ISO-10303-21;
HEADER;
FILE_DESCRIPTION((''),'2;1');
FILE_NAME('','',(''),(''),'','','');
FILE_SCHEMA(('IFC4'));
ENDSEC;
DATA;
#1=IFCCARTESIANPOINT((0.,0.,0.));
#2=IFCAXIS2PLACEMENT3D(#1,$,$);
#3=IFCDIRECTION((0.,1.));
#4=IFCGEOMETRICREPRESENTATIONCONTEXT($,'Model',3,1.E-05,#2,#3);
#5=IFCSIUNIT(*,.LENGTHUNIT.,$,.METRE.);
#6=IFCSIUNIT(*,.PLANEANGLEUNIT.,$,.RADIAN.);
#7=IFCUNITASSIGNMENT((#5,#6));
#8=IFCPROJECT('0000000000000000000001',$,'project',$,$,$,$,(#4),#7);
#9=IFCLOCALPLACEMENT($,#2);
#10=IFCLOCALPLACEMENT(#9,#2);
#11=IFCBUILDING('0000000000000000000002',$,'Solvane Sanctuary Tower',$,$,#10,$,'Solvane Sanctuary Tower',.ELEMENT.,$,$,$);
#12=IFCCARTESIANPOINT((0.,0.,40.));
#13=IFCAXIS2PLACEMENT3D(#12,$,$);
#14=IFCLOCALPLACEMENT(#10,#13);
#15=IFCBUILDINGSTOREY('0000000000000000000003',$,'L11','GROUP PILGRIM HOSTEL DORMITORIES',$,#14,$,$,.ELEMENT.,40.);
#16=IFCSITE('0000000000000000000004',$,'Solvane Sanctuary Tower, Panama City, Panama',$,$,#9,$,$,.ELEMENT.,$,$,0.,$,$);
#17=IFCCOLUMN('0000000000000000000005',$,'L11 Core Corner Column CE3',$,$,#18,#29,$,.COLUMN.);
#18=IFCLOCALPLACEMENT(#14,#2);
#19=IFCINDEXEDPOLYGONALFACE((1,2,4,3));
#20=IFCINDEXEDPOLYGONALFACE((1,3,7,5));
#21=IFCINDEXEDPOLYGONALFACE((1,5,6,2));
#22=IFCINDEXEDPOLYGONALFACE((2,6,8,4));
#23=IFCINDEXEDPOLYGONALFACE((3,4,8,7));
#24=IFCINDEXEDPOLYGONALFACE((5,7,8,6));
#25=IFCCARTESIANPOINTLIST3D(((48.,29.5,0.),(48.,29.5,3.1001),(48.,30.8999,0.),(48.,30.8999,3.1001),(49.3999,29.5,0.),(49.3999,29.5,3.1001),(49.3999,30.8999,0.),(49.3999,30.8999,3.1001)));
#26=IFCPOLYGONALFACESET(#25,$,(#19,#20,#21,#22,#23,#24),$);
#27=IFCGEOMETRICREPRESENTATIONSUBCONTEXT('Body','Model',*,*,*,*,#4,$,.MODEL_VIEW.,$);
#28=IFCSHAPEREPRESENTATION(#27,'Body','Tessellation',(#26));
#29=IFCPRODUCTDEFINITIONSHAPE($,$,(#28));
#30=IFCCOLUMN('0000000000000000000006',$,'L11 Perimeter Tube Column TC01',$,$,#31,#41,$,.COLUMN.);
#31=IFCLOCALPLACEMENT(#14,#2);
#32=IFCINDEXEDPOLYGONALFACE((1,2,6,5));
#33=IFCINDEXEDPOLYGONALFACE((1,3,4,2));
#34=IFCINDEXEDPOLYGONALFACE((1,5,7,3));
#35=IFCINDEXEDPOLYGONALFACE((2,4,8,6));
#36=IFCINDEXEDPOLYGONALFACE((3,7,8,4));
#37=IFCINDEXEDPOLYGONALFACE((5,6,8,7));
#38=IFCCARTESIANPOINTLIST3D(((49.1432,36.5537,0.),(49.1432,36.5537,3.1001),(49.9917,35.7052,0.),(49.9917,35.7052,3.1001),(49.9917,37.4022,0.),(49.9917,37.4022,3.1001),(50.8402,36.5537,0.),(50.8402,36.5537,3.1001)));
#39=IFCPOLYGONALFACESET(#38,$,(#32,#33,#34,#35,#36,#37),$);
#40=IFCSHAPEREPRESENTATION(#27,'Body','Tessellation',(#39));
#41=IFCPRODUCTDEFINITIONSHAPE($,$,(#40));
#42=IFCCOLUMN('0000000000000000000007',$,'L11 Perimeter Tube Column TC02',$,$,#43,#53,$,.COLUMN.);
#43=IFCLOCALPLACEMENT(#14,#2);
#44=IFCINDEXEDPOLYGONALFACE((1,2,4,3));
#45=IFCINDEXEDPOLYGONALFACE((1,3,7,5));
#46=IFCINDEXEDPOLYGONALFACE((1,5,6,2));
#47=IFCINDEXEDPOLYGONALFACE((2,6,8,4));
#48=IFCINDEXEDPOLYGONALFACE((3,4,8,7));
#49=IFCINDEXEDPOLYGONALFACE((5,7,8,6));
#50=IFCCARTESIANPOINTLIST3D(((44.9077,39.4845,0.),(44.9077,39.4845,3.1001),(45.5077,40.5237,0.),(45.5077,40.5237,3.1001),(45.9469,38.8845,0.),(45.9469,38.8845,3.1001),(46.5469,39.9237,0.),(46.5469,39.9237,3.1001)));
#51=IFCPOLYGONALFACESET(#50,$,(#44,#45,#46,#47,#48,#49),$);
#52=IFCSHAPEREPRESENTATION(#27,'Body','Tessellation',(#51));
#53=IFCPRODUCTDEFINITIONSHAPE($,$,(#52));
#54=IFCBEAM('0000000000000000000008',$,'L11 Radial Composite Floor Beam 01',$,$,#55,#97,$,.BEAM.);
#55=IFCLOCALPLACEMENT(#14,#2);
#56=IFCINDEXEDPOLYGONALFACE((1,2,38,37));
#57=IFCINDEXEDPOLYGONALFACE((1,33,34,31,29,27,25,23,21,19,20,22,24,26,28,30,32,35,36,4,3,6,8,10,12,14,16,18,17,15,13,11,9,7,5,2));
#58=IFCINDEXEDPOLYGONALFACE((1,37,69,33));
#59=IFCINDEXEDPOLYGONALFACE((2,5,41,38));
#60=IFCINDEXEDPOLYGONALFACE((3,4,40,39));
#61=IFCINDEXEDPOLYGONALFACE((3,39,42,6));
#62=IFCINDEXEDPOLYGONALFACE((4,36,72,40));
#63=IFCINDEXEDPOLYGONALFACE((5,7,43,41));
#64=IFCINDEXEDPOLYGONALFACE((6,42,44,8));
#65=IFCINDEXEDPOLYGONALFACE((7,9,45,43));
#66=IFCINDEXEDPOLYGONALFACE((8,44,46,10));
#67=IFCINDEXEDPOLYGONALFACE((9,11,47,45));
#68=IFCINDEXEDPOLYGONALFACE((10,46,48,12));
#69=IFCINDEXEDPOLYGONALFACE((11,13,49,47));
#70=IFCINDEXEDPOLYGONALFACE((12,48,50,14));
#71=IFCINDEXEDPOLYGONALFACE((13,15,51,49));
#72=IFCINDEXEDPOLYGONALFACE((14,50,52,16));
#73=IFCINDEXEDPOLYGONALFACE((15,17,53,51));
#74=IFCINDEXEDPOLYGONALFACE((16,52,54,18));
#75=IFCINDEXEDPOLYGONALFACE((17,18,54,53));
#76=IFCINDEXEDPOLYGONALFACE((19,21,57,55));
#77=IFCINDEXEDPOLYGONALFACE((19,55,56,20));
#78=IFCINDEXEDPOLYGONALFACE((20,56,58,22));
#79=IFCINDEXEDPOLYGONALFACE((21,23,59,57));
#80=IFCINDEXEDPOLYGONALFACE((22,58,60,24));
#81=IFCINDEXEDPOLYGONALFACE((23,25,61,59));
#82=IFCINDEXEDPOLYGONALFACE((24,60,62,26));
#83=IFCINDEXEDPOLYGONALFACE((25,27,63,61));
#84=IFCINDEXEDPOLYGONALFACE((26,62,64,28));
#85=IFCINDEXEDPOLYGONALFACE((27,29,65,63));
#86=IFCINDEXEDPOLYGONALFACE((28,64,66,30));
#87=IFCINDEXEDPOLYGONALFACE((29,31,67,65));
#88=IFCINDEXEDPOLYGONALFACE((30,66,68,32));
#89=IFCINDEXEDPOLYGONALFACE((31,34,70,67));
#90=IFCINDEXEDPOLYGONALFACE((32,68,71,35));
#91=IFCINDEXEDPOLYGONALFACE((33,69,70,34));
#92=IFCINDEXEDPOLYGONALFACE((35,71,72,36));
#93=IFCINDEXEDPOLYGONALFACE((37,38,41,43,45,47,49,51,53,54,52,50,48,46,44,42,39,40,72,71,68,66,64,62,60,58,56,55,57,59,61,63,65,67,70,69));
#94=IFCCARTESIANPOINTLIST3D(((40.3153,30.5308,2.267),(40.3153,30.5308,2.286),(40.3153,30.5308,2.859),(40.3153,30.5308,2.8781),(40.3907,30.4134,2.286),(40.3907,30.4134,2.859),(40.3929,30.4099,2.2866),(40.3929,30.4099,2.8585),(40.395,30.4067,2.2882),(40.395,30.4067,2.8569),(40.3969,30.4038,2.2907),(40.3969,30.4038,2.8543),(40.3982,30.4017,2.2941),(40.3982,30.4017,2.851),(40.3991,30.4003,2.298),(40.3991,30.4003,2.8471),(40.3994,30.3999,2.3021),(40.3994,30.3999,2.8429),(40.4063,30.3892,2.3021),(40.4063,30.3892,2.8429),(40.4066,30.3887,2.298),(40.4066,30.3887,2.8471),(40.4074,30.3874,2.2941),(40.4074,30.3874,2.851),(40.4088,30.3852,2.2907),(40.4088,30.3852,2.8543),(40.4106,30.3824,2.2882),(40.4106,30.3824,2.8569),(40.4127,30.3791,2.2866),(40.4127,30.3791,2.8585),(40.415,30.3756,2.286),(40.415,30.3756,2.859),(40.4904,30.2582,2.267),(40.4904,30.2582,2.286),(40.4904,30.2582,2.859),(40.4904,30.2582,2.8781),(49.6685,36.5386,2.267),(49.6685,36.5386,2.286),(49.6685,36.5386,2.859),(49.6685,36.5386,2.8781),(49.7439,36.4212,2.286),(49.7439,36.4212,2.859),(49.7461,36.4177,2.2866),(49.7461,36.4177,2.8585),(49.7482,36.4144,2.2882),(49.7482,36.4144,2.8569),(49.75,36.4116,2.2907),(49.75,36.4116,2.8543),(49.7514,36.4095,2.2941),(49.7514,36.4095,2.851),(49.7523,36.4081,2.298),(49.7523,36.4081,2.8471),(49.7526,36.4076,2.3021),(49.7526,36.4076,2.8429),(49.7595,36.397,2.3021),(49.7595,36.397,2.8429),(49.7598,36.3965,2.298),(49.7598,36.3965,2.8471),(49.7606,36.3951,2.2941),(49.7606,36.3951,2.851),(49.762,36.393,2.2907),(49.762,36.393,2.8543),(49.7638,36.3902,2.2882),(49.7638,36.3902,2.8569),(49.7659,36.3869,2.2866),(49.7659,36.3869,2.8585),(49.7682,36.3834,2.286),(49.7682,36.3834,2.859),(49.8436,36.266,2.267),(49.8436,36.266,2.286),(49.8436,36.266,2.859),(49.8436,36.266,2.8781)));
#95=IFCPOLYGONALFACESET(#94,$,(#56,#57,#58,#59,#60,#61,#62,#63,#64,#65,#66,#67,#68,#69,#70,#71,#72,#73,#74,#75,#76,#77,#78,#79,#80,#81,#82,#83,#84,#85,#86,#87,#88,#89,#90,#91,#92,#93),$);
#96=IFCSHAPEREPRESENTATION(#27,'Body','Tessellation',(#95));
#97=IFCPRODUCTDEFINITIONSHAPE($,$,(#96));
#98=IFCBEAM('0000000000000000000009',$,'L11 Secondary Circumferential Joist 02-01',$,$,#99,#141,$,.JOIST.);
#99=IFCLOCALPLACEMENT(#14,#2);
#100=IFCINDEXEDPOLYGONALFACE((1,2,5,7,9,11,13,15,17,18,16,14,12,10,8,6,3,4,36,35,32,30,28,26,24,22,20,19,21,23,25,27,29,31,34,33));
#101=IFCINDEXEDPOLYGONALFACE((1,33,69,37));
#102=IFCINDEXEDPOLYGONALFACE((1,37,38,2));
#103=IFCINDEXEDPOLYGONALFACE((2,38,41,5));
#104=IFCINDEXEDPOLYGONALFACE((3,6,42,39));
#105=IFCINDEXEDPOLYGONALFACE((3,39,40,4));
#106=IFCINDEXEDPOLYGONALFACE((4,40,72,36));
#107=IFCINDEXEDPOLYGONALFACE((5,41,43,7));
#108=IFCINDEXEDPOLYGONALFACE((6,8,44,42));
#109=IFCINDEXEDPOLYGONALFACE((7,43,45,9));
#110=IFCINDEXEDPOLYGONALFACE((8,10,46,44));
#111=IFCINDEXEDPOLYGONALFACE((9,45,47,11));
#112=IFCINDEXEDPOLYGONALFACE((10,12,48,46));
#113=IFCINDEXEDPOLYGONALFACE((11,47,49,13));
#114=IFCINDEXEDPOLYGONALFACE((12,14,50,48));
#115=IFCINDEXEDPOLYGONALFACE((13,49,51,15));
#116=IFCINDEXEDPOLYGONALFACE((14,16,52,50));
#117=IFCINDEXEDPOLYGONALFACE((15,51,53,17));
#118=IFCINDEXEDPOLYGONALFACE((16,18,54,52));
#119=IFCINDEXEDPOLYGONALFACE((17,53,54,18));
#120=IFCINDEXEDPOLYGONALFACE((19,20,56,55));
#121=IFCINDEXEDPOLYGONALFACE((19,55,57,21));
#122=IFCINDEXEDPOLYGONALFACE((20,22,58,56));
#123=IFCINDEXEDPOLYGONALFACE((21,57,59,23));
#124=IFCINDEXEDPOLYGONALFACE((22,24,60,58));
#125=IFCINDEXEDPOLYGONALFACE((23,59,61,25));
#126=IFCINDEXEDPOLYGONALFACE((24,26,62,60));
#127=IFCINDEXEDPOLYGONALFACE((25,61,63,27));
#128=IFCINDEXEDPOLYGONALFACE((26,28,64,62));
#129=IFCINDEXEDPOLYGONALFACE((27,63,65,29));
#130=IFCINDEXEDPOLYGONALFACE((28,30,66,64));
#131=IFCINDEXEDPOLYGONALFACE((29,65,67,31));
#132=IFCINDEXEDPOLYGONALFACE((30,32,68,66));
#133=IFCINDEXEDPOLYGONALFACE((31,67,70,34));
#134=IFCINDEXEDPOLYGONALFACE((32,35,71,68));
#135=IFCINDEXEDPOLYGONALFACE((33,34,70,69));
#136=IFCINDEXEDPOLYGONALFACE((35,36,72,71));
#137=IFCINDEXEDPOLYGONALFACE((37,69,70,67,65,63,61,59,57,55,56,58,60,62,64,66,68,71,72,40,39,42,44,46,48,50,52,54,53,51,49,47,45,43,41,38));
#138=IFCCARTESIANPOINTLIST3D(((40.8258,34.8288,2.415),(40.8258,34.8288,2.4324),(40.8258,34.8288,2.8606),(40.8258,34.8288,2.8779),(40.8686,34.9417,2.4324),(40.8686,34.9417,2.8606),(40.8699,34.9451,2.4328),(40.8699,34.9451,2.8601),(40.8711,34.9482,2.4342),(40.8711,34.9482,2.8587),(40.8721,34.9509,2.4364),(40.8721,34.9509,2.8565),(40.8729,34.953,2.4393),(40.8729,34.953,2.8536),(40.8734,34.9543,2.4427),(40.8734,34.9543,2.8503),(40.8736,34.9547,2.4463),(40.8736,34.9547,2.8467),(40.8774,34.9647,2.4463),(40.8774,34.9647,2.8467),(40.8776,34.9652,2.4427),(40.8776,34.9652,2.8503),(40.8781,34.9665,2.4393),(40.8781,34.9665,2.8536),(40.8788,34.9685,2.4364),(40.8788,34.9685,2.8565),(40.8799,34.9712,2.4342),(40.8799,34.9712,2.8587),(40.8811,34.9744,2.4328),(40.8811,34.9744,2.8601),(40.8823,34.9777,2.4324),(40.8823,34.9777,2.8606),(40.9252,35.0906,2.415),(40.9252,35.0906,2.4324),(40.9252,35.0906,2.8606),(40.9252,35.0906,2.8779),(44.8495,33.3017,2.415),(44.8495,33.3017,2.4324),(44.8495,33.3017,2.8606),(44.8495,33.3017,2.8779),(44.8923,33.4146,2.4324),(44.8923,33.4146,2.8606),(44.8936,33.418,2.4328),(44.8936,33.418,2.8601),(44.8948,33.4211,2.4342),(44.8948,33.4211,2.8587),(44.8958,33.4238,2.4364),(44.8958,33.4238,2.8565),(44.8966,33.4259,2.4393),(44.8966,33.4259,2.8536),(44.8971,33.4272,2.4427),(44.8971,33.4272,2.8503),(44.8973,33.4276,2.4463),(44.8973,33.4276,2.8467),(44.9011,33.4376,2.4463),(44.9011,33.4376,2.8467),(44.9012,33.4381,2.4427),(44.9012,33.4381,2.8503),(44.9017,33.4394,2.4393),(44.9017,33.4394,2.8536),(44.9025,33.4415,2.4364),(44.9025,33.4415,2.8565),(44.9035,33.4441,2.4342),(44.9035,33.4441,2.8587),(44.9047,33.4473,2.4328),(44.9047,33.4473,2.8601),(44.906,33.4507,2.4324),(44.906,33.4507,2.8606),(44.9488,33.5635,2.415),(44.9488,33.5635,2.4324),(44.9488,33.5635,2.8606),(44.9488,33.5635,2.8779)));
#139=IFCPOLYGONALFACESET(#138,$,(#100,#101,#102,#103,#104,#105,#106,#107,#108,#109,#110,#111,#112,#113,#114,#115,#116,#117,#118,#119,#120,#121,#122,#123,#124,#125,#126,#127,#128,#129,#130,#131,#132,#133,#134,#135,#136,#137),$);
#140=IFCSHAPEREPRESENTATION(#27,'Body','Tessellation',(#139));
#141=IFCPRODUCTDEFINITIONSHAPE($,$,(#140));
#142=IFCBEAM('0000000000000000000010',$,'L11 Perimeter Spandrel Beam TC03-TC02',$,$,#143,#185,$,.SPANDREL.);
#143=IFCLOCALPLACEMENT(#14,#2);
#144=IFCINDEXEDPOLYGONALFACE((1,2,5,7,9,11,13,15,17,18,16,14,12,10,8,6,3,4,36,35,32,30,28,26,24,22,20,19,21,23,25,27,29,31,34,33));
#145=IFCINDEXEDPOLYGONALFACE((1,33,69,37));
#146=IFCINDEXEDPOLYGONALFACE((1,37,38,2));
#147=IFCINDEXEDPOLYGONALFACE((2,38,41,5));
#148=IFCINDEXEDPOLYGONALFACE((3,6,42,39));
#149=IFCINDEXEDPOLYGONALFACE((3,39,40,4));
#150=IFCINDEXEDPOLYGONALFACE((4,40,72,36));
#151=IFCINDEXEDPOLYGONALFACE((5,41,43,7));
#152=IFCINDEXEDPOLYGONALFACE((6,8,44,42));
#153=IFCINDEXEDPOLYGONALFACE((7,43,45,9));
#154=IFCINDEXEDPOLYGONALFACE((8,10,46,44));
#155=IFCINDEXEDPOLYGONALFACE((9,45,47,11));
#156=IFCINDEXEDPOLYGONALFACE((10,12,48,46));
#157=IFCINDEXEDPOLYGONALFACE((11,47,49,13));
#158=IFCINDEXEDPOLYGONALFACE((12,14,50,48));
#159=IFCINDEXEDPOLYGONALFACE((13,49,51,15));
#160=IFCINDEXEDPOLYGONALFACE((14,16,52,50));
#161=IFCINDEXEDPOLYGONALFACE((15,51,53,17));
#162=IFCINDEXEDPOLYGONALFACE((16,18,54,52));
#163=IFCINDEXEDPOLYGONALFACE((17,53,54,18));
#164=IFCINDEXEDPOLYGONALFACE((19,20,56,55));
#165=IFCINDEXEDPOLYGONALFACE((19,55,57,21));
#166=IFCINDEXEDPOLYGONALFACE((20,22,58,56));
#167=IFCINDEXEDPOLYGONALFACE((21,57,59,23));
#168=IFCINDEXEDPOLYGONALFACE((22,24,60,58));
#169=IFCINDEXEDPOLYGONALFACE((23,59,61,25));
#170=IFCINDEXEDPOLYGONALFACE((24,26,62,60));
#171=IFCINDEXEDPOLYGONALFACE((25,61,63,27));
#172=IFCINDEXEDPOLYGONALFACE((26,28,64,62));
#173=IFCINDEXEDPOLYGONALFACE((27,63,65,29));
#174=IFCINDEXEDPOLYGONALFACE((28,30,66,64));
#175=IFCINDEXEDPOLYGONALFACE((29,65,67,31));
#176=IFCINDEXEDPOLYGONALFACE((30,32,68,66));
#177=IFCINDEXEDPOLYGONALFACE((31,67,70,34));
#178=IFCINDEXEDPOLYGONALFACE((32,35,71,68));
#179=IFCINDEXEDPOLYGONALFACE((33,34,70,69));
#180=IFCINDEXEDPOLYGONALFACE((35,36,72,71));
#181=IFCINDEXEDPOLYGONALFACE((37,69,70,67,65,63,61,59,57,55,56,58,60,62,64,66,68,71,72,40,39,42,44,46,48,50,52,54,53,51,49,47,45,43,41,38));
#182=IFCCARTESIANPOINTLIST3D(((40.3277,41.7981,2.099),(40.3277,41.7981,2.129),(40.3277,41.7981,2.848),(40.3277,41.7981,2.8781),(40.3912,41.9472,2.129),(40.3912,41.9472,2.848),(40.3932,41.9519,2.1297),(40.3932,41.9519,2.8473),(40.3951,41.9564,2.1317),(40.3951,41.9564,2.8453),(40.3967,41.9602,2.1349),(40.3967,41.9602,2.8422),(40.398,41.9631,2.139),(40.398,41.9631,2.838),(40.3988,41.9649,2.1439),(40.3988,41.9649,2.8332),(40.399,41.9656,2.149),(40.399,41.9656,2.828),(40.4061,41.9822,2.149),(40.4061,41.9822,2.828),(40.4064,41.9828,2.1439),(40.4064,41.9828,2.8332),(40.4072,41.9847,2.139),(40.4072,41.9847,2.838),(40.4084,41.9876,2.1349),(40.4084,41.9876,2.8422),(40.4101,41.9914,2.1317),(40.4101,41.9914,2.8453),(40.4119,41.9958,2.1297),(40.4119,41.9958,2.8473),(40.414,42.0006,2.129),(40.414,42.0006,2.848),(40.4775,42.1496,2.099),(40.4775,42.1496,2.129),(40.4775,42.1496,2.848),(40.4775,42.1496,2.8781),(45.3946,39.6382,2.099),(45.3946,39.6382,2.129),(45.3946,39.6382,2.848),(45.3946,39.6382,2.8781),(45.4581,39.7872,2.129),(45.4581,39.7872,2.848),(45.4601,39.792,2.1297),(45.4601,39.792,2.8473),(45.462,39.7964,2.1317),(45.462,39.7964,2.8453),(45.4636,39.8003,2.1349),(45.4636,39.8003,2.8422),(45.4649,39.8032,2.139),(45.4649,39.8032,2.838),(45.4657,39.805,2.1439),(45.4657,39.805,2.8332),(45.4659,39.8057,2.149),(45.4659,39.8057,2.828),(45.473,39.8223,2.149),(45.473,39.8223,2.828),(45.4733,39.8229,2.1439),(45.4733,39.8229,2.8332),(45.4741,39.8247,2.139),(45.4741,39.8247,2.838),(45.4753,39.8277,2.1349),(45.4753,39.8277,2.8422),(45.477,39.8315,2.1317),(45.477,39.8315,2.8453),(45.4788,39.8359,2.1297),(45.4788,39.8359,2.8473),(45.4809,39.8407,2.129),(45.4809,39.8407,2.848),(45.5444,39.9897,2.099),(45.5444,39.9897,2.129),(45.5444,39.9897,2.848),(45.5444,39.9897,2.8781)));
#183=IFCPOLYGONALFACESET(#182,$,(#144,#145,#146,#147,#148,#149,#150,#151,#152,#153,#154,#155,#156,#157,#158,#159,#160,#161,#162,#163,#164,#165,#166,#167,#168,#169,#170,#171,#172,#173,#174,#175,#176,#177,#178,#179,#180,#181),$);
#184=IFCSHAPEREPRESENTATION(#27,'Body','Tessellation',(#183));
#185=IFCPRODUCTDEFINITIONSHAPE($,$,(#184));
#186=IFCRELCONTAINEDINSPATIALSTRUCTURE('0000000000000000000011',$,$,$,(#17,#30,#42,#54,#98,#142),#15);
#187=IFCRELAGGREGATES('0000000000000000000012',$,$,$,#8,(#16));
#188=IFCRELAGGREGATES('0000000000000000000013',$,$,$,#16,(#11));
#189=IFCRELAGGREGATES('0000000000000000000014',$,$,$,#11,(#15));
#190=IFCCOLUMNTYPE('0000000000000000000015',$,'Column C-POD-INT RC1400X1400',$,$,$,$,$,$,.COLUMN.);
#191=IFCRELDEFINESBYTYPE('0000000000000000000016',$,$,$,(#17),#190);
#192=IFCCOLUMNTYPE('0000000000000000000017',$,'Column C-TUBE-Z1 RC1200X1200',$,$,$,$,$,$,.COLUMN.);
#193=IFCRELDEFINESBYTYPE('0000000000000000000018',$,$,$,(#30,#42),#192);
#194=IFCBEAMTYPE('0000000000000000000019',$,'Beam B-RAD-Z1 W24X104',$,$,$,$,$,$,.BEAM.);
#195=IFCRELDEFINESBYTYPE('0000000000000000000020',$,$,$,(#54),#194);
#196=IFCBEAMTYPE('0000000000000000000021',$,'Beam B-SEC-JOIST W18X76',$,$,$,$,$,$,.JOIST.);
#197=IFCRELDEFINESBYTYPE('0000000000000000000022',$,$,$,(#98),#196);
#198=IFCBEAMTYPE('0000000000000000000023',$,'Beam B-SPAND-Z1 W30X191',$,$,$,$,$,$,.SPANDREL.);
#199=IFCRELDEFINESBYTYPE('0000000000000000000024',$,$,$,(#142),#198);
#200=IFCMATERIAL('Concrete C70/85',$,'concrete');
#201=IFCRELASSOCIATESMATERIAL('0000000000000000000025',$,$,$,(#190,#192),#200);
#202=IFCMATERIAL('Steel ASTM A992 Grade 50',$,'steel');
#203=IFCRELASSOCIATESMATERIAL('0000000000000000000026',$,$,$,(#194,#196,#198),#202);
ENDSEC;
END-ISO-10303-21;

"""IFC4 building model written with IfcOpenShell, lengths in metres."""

from ifc_helpers import new_model, si_unit, direction, frame, origin, origin_2d, place, context, subcontext, project, spatial, rectangle, i_section, extrude, material, material_profile, profile_set, type_object, element, save


model = new_model("IFC4")

# Units and contexts
model_context = context("Model", 3, precision=1e-05, world=origin(), true_north=direction((0.0, 1.0)))
body_context = subcontext(model_context, "Body", "Model", "MODEL_VIEW")
ifc_project = project(units=[si_unit("LENGTHUNIT", "METRE"), si_unit("PLANEANGLEUNIT", "RADIAN")], contexts=[model_context])

# Site, building, storey
site_placement = place(None, origin())
site = spatial("IfcSite", under=ifc_project, at=site_placement, Name="Solvane Sanctuary Tower, Panama City, Panama", CompositionType="ELEMENT", RefElevation=0.0)
building_placement = place(site_placement, origin())
building = spatial("IfcBuilding", under=site, at=building_placement, Name="Solvane Sanctuary Tower", LongName="Solvane Sanctuary Tower", CompositionType="ELEMENT")
storey_placement = place(building_placement, frame((0.0, 0.0, 40.0)))
storey = spatial("IfcBuildingStorey", under=building, at=storey_placement, Name="L11", Description="GROUP PILGRIM HOSTEL DORMITORIES", CompositionType="ELEMENT", Elevation=40.0)

# Columns
ifc_material_1 = material(Name="Concrete C70/85", Category="concrete")
ifc_material_profile_1 = material_profile(ifc_material_1, rectangle(XDim=1.3999, YDim=1.3999, at=origin_2d()), Name="RC1400X1400")
ifc_profile_set_1 = profile_set([ifc_material_profile_1], Name="Concrete C70/85")
column_type_1 = type_object("IfcColumnType", Name="Column C-POD-INT RC1400X1400", PredefinedType="COLUMN", material=ifc_profile_set_1)
column_placement = place(storey_placement, frame((48.7, 30.2, 0.0), z_axis=(0.0, 0.0, 1.0), x_axis=(1.0, 0.0, 0.0)))
element("IfcColumn", 1, at=column_placement, inside=storey, type_object=column_type_1, Name="L11 Core Corner Column CE3", PredefinedType="COLUMN", context=body_context, shape_type="SweptSolid", body=[
    extrude(rectangle(XDim=1.3999, YDim=1.3999, at=origin_2d()), origin(), (0.0, 0.0, 1.0), 3.1001),
])
ifc_material_profile_2 = material_profile(ifc_material_1, rectangle(XDim=1.2, YDim=1.2, at=origin_2d()), Name="RC1200X1200")
ifc_profile_set_2 = profile_set([ifc_material_profile_2], Name="Concrete C70/85")
column_type_2 = type_object("IfcColumnType", Name="Column C-TUBE-Z1 RC1200X1200", PredefinedType="COLUMN", material=ifc_profile_set_2)
for number, where, z_axis, x_axis, name in (
    (2, (49.9917, 36.5537, 0.0), (0.0, 0.0, 1.0), (0.707107, 0.707107, 0.0), "L11 Perimeter Tube Column TC01"),
    (3, (45.7273, 39.7041, 0.0), (0.0, 0.0, 1.0), (0.5, 0.866025, 0.0), "L11 Perimeter Tube Column TC02"),
):
    element("IfcColumn", number, at=place(storey_placement, frame(where, z_axis=z_axis, x_axis=x_axis)), inside=storey, type_object=column_type_2, Name=name, PredefinedType="COLUMN", context=body_context, shape_type="SweptSolid", body=[
        extrude(rectangle(XDim=1.2, YDim=1.2, at=origin_2d()), origin(), (0.0, 0.0, 1.0), 3.1001),
    ])

# Beams
ifc_material_2 = material(Name="Steel ASTM A992 Grade 50", Category="steel")
ifc_material_profile_3 = material_profile(ifc_material_2, i_section(OverallWidth=0.324, OverallDepth=0.6111, WebThickness=0.0127, FlangeThickness=0.019, FilletRadius=0.0161, at=origin_2d()), Name="W24X104")
ifc_profile_set_3 = profile_set([ifc_material_profile_3], Name="Steel ASTM A992 Grade 50")
beam_type_1 = type_object("IfcBeamType", Name="Beam B-RAD-Z1 W24X104", PredefinedType="BEAM", material=ifc_profile_set_3)
beam_1_placement = place(storey_placement, frame((40.4028, 30.3945, 2.5725), z_axis=(0.841383, 0.540439, 0.0), x_axis=(-0.540439, 0.841383, 0.0)))
element("IfcBeam", 4, at=beam_1_placement, inside=storey, type_object=beam_type_1, Name="L11 Radial Composite Floor Beam 01", PredefinedType="BEAM", context=body_context, shape_type="SweptSolid", body=[
    extrude(i_section(OverallWidth=0.324, OverallDepth=0.6111, WebThickness=0.0127, FlangeThickness=0.019, FilletRadius=0.0161, at=origin_2d()), origin(), (0.0, 0.0, 1.0), 11.1165),
])
ifc_material_profile_4 = material_profile(ifc_material_2, i_section(OverallWidth=0.28, OverallDepth=0.4629, WebThickness=0.0107, FlangeThickness=0.0173, FilletRadius=0.0139, at=origin_2d()), Name="W18X76")
ifc_profile_set_4 = profile_set([ifc_material_profile_4], Name="Steel ASTM A992 Grade 50")
beam_type_2 = type_object("IfcBeamType", Name="Beam B-SEC-JOIST W18X76", PredefinedType="JOIST", material=ifc_profile_set_4)
beam_2_placement = place(storey_placement, frame((40.8755, 34.9597, 2.6465), z_axis=(0.93493, -0.354832, 0.0), x_axis=(0.354832, 0.93493, 0.0)))
element("IfcBeam", 5, at=beam_2_placement, inside=storey, type_object=beam_type_2, Name="L11 Secondary Circumferential Joist 02-01", PredefinedType="JOIST", context=body_context, shape_type="SweptSolid", body=[
    extrude(i_section(OverallWidth=0.28, OverallDepth=0.4629, WebThickness=0.0107, FlangeThickness=0.0173, FilletRadius=0.0139, at=origin_2d()), origin(), (0.0, 0.0, 1.0), 4.3037),
])
ifc_material_profile_5 = material_profile(ifc_material_2, i_section(OverallWidth=0.3821, OverallDepth=0.7791, WebThickness=0.0181, FlangeThickness=0.03, FilletRadius=0.02, at=origin_2d()), Name="W30X191")
ifc_profile_set_5 = profile_set([ifc_material_profile_5], Name="Steel ASTM A992 Grade 50")
beam_type_3 = type_object("IfcBeamType", Name="Beam B-SPAND-Z1 W30X191", PredefinedType="SPANDREL", material=ifc_profile_set_5)
beam_3_placement = place(storey_placement, frame((40.4026, 41.9739, 2.4885), z_axis=(0.919907, -0.392137, 0.0), x_axis=(0.392137, 0.919907, 0.0)))
element("IfcBeam", 6, at=beam_3_placement, inside=storey, type_object=beam_type_3, Name="L11 Perimeter Spandrel Beam TC03-TC02", PredefinedType="SPANDREL", context=body_context, shape_type="SweptSolid", body=[
    extrude(i_section(OverallWidth=0.3821, OverallDepth=0.7791, WebThickness=0.0181, FlangeThickness=0.03, FilletRadius=0.02, at=origin_2d()), origin(), (0.0, 0.0, 1.0), 5.5081),
])

save(model, "model.ifc")
